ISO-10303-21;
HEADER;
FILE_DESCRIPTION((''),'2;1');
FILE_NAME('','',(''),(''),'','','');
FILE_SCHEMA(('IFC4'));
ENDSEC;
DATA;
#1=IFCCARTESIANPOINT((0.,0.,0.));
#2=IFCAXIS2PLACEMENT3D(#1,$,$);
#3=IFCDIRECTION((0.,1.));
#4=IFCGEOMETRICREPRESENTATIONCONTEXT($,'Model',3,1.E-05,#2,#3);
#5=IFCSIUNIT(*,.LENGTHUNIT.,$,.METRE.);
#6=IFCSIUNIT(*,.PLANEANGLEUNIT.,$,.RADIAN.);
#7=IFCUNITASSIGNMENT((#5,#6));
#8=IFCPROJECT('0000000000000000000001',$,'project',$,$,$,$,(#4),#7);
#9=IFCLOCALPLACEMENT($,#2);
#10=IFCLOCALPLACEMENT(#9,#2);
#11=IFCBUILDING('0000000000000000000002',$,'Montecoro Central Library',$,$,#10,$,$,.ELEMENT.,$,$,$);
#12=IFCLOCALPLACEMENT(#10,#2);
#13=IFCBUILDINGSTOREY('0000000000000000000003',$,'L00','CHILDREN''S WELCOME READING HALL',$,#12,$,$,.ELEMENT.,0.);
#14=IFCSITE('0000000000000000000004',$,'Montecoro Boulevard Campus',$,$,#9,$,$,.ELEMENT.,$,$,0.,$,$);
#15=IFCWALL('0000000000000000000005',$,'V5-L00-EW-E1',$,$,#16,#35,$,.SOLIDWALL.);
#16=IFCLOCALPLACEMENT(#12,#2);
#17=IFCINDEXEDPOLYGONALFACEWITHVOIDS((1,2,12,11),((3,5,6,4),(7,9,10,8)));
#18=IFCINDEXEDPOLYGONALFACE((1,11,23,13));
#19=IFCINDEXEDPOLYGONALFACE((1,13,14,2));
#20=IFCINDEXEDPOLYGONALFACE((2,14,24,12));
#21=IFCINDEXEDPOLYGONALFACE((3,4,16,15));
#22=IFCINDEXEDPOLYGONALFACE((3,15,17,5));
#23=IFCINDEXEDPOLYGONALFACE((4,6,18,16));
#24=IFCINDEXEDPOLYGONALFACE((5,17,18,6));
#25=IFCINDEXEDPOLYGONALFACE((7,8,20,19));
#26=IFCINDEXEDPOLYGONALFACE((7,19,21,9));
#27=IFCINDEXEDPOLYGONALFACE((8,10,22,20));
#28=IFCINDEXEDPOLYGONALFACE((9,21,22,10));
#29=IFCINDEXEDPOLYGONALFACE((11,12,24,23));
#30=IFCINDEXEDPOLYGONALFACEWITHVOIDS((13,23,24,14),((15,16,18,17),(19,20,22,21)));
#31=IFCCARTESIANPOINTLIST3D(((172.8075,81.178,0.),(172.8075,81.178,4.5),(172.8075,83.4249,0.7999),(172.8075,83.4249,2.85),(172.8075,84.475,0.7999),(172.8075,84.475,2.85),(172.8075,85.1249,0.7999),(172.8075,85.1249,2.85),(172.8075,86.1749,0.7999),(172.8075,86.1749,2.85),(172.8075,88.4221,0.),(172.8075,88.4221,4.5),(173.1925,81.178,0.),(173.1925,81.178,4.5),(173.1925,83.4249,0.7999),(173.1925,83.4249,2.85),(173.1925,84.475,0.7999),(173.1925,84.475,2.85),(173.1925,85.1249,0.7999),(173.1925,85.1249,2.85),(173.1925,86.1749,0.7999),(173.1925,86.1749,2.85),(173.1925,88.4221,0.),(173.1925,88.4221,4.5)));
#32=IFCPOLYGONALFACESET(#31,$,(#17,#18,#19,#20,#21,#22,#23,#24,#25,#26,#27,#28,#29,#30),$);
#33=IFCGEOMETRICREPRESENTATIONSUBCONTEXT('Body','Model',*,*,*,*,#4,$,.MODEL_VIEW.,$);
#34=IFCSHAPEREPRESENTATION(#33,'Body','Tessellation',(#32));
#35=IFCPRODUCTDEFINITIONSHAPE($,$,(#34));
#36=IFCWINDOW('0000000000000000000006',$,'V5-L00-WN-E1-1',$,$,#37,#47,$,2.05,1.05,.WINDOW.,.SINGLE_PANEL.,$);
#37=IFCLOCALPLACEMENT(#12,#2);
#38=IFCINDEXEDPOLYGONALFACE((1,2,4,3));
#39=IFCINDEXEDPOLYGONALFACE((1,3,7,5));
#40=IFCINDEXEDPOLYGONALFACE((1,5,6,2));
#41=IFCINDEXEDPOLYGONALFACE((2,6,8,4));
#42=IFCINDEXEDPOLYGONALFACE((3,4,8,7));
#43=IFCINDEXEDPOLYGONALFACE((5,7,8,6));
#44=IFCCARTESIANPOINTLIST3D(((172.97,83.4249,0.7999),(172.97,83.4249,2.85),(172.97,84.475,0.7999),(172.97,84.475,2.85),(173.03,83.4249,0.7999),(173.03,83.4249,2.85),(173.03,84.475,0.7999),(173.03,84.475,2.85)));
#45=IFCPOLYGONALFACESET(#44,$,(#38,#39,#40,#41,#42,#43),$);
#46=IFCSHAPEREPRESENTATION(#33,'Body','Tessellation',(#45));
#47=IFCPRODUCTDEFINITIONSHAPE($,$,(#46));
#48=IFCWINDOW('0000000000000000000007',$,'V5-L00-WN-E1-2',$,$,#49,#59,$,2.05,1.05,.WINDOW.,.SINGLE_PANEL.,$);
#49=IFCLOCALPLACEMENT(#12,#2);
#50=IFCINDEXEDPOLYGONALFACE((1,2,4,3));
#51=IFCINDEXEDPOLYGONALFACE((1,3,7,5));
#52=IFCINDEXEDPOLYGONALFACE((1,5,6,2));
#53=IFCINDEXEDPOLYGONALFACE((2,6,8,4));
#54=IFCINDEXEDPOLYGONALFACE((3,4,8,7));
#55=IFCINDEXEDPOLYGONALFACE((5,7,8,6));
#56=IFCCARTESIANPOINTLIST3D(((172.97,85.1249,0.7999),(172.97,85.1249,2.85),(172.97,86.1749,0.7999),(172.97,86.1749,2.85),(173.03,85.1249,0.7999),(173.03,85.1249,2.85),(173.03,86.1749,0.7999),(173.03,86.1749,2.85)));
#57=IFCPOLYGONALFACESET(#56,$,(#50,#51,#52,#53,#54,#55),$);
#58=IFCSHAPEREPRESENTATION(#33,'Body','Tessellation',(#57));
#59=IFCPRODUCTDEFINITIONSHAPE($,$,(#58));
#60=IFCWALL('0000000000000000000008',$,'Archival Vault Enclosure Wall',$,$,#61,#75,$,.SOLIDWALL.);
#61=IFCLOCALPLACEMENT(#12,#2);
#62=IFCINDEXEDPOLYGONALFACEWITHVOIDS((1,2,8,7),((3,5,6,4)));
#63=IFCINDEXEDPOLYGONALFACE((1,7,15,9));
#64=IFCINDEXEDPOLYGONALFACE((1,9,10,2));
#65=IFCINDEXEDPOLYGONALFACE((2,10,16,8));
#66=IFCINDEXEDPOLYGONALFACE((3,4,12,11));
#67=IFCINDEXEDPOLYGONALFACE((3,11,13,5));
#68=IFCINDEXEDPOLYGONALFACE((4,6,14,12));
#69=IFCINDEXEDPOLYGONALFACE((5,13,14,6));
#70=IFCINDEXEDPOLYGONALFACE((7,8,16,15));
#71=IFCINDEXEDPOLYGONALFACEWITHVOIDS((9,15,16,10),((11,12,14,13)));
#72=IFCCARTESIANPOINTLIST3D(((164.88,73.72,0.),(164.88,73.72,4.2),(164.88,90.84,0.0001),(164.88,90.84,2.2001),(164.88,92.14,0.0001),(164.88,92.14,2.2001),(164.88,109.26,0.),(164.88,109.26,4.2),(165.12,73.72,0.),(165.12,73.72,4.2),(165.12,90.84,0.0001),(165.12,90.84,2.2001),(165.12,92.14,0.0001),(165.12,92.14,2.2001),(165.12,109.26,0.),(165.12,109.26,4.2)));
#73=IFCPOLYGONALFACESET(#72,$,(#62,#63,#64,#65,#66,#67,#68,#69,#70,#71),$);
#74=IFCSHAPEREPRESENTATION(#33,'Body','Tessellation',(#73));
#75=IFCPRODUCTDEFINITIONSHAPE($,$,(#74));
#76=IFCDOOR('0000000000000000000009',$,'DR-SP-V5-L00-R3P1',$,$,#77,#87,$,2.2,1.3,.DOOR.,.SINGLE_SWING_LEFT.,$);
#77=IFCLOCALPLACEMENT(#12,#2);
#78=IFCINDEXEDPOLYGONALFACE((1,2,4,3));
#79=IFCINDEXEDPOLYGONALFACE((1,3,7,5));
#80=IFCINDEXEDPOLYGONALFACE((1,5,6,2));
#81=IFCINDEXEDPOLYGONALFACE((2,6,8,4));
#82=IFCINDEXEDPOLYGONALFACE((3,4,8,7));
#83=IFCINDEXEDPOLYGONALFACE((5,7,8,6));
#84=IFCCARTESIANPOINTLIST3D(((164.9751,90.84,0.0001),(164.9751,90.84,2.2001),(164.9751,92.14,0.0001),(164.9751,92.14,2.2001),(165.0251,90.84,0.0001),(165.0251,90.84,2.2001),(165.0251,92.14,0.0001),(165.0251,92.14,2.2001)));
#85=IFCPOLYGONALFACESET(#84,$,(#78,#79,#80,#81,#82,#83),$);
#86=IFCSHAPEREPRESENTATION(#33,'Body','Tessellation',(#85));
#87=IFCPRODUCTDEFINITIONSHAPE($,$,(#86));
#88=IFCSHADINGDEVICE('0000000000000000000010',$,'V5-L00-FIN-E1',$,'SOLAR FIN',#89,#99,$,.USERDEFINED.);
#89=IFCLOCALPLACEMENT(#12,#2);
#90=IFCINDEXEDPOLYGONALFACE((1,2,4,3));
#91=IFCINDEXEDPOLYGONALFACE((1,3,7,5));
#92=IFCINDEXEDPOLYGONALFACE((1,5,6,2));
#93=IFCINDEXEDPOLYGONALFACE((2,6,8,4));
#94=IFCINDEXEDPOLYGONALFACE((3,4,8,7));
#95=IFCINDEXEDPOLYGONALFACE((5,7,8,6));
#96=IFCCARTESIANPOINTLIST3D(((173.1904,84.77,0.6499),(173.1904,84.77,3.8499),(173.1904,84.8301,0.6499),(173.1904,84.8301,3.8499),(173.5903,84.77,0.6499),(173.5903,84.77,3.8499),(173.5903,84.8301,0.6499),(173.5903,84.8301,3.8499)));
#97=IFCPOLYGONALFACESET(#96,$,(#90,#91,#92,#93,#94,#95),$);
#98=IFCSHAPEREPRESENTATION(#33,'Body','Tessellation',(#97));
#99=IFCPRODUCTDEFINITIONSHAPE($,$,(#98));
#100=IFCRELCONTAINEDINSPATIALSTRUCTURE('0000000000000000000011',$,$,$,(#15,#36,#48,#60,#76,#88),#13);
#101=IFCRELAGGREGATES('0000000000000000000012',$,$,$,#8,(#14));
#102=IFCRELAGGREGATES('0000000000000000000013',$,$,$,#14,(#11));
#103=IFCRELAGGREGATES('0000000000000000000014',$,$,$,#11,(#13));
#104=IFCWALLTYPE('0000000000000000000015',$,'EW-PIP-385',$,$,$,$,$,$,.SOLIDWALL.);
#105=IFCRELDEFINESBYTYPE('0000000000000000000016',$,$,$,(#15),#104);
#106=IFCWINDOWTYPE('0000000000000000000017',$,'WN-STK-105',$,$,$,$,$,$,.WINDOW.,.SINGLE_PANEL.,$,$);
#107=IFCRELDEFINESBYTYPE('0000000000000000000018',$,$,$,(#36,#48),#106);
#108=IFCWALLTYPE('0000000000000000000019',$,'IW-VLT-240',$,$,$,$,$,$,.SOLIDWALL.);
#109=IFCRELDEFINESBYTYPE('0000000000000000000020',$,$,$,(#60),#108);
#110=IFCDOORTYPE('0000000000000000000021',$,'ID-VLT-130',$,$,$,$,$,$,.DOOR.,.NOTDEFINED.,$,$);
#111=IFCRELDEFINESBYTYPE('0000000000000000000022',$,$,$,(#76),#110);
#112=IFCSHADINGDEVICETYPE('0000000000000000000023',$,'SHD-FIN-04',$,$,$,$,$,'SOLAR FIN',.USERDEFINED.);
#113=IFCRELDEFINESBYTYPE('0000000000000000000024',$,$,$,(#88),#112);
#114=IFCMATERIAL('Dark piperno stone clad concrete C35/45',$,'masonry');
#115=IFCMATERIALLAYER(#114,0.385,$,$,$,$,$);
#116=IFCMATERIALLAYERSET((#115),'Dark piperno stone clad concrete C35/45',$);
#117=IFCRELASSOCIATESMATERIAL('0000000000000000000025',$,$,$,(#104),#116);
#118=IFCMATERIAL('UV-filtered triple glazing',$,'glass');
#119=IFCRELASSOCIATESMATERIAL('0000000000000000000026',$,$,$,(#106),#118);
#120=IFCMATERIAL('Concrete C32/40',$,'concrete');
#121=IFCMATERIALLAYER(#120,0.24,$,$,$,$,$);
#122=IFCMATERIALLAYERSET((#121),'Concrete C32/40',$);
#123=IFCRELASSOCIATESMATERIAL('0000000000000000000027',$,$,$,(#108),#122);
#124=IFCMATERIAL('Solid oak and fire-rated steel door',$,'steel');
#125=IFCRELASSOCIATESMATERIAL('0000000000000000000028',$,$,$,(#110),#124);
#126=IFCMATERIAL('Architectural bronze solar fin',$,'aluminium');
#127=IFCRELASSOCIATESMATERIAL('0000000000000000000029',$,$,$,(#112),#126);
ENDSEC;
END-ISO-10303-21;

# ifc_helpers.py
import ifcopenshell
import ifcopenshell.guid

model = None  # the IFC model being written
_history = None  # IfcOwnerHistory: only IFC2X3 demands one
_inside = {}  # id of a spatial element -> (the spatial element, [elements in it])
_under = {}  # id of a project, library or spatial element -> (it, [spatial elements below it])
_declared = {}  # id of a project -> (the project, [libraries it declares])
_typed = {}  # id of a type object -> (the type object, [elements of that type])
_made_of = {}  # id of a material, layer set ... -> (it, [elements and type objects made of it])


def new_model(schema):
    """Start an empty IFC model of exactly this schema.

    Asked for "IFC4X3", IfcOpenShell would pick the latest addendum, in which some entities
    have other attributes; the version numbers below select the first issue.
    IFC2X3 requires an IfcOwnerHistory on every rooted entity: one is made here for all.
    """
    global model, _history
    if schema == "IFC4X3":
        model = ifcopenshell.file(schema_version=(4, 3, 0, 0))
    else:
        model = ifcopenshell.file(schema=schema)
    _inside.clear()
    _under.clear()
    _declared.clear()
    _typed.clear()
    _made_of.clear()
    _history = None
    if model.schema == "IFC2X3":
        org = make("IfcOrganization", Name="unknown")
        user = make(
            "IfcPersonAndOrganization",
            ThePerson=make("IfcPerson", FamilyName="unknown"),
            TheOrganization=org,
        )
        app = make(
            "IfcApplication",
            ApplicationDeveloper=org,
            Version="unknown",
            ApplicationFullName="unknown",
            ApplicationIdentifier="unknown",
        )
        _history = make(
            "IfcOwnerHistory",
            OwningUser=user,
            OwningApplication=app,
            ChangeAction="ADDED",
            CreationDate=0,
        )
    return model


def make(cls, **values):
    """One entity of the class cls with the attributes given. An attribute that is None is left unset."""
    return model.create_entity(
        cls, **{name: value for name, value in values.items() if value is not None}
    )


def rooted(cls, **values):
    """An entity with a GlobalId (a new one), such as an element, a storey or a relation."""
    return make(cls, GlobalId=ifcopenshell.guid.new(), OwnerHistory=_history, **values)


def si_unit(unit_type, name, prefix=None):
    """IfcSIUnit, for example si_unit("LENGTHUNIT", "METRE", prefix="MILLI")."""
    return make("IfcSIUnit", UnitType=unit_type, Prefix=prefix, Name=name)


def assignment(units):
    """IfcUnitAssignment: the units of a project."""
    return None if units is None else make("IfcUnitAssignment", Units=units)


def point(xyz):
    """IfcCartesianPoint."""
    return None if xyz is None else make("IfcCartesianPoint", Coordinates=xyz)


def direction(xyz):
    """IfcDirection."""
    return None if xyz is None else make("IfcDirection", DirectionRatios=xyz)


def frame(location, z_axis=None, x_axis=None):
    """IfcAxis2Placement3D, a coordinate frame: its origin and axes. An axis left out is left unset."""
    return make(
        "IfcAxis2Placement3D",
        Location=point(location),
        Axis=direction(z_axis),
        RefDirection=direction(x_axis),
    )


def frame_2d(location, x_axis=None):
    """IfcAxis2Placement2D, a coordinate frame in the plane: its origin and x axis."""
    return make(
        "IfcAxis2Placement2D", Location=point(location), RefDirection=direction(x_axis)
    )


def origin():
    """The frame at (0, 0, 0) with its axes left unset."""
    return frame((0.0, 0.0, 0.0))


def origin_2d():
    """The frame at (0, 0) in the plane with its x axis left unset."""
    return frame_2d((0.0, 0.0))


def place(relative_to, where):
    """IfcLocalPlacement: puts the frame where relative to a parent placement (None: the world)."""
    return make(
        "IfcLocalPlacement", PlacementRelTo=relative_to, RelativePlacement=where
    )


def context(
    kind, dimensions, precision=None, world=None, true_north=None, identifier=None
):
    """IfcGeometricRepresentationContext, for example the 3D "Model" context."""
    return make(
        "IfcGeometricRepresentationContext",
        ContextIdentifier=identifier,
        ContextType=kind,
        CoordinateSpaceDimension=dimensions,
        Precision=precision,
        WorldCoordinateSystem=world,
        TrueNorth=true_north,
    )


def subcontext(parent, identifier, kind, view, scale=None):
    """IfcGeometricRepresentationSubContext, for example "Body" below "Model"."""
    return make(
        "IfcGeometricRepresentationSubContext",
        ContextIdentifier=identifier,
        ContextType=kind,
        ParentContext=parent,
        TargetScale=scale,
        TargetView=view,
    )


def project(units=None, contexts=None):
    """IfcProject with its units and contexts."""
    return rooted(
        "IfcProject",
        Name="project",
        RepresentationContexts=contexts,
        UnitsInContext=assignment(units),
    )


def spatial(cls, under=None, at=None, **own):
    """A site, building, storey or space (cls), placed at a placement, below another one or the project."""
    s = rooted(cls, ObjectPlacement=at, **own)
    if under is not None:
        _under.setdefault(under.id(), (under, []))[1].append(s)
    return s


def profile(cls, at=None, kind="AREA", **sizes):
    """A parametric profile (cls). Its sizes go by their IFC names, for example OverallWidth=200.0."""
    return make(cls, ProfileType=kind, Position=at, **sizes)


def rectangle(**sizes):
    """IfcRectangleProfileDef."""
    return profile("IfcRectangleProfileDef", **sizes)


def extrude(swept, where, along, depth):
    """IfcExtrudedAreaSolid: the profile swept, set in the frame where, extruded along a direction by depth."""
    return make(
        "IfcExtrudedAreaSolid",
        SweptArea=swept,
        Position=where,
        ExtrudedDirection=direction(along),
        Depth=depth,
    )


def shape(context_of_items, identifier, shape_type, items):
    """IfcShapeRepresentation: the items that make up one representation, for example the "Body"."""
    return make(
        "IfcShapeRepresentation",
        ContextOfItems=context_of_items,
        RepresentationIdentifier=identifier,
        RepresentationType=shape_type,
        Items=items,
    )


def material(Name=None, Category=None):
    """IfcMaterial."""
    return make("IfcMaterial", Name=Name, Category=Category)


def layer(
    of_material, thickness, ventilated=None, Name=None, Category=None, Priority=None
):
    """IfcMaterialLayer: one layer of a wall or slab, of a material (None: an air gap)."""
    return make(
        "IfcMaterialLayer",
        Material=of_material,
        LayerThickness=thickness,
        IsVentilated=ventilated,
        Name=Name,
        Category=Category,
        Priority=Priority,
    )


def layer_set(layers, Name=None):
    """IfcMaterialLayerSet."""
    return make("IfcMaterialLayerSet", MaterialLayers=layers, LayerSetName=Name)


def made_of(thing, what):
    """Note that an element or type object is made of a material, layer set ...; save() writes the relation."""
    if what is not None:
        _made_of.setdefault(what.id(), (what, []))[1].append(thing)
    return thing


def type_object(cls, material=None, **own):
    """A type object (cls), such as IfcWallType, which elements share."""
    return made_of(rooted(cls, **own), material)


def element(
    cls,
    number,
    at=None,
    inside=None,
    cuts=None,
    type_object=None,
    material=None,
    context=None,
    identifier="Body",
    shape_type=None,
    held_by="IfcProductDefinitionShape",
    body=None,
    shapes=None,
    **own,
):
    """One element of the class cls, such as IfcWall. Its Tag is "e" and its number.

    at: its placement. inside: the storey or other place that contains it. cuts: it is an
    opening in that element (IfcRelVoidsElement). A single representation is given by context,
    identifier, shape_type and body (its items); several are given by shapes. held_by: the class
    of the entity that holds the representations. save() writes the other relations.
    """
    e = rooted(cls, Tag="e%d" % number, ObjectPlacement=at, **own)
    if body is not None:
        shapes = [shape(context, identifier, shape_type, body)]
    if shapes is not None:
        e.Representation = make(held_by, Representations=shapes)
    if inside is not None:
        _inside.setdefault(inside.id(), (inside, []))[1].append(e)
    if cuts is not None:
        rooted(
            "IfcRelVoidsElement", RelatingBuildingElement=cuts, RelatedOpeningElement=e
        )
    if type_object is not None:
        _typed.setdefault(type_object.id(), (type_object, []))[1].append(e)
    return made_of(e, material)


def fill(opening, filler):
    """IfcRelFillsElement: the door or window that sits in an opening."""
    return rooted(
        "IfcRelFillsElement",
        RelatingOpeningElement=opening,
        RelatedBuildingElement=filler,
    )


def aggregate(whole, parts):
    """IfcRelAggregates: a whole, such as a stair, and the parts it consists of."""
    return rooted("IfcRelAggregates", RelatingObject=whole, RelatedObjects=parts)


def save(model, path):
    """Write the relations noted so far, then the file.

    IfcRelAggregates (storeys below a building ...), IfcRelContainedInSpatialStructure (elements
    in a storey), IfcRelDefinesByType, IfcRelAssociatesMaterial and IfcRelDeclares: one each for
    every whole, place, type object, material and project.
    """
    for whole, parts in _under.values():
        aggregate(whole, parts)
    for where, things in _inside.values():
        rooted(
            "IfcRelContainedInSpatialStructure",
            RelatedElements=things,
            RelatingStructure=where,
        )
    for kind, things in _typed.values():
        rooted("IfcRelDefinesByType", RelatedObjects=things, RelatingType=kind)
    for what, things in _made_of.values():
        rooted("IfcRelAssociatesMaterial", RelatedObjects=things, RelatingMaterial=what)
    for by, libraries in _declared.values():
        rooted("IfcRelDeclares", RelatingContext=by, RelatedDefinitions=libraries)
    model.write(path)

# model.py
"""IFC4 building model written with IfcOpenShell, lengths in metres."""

from ifc_helpers import new_model, si_unit, direction, frame, frame_2d, origin, origin_2d, place, context, subcontext, project, spatial, rectangle, extrude, material, layer, layer_set, type_object, element, fill, save


model = new_model("IFC4")

# Units and contexts
model_context = context("Model", 3, precision=1e-05, world=origin(), true_north=direction((0.0, 1.0)))
body_context = subcontext(model_context, "Body", "Model", "MODEL_VIEW")
ifc_project = project(units=[si_unit("LENGTHUNIT", "METRE"), si_unit("PLANEANGLEUNIT", "RADIAN")], contexts=[model_context])

# Site, building, storey
site_placement = place(None, origin())
site = spatial("IfcSite", under=ifc_project, at=site_placement, Name="Montecoro Boulevard Campus", CompositionType="ELEMENT", RefElevation=0.0)
building_placement = place(site_placement, origin())
building = spatial("IfcBuilding", under=site, at=building_placement, Name="Montecoro Central Library", CompositionType="ELEMENT")
storey_placement = place(building_placement, origin())
storey = spatial("IfcBuildingStorey", under=building, at=storey_placement, Name="L00", Description="CHILDREN'S WELCOME READING HALL", CompositionType="ELEMENT", Elevation=0.0)

# Wall, openings, windows
ifc_material_1 = material(Name="Dark piperno stone clad concrete C35/45", Category="masonry")
ifc_layer_1 = layer(ifc_material_1, 0.385)
ifc_layer_set_1 = layer_set([ifc_layer_1], Name="Dark piperno stone clad concrete C35/45")
wall_type_1 = type_object("IfcWallType", Name="EW-PIP-385", PredefinedType="SOLIDWALL", material=ifc_layer_set_1)
wall_1_placement = place(storey_placement, frame((173.0, 81.178, 0.0), z_axis=(0.0, 0.0, 1.0), x_axis=(0.0, 1.0, 0.0)))
wall_1 = element("IfcWall", 1, at=wall_1_placement, inside=storey, type_object=wall_type_1, Name="V5-L00-EW-E1", PredefinedType="SOLIDWALL", context=body_context, shape_type="SweptSolid", body=[
    extrude(rectangle(XDim=7.2441, YDim=0.385, at=frame_2d((3.6221, 0.0))), origin(), (0.0, 0.0, 1.0), 4.5),
])
opening_1_placement = place(wall_1_placement, frame((2.2471, 0.0, 0.8)))
opening_1 = element("IfcOpeningElement", 2, at=opening_1_placement, cuts=wall_1, PredefinedType="OPENING", context=body_context, shape_type="SweptSolid", body=[
    extrude(rectangle(XDim=1.05, YDim=2.05, at=frame_2d((0.5249, 1.0249))), frame((0.0, 0.2024, 0.0), z_axis=(0.0, -1.0, 0.0), x_axis=(1.0, 0.0, 0.0)), (0.0, 0.0, 1.0), 0.405),
])
opening_2_placement = place(wall_1_placement, frame((3.947, 0.0, 0.8)))
opening_2 = element("IfcOpeningElement", 3, at=opening_2_placement, cuts=wall_1, PredefinedType="OPENING", context=body_context, shape_type="SweptSolid", body=[
    extrude(rectangle(XDim=1.05, YDim=2.05, at=frame_2d((0.5249, 1.0249))), frame((0.0, 0.2024, 0.0), z_axis=(0.0, -1.0, 0.0), x_axis=(1.0, 0.0, 0.0)), (0.0, 0.0, 1.0), 0.405),
])
ifc_material_2 = material(Name="UV-filtered triple glazing", Category="glass")
window_type = type_object("IfcWindowType", Name="WN-STK-105", PartitioningType="SINGLE_PANEL", PredefinedType="WINDOW", material=ifc_material_2)
window_1_placement = place(opening_1_placement, origin())
window_1 = element("IfcWindow", 4, at=window_1_placement, inside=storey, type_object=window_type, Name="V5-L00-WN-E1-1", OverallHeight=2.05, OverallWidth=1.05, PartitioningType="SINGLE_PANEL", PredefinedType="WINDOW", context=body_context, shape_type="SweptSolid", body=[
    extrude(rectangle(XDim=1.05, YDim=2.05, at=frame_2d((0.5249, 1.0249))), frame((0.0, 0.03, 0.0), z_axis=(0.0, -1.0, 0.0), x_axis=(1.0, 0.0, 0.0)), (0.0, 0.0, 1.0), 0.0601),
])
fill(opening_1, window_1)
window_2_placement = place(opening_2_placement, origin())
window_2 = element("IfcWindow", 5, at=window_2_placement, inside=storey, type_object=window_type, Name="V5-L00-WN-E1-2", OverallHeight=2.05, OverallWidth=1.05, PartitioningType="SINGLE_PANEL", PredefinedType="WINDOW", context=body_context, shape_type="SweptSolid", body=[
    extrude(rectangle(XDim=1.05, YDim=2.05, at=frame_2d((0.5249, 1.0249))), frame((0.0, 0.03, 0.0), z_axis=(0.0, -1.0, 0.0), x_axis=(1.0, 0.0, 0.0)), (0.0, 0.0, 1.0), 0.0601),
])
fill(opening_2, window_2)

# Wall, opening, door
ifc_material_3 = material(Name="Concrete C32/40", Category="concrete")
ifc_layer_2 = layer(ifc_material_3, 0.24)
ifc_layer_set_2 = layer_set([ifc_layer_2], Name="Concrete C32/40")
wall_type_2 = type_object("IfcWallType", Name="IW-VLT-240", PredefinedType="SOLIDWALL", material=ifc_layer_set_2)
wall_2_placement = place(storey_placement, frame((165.0, 73.72, 0.0), z_axis=(0.0, 0.0, 1.0), x_axis=(0.0, 1.0, 0.0)))
wall_2 = element("IfcWall", 6, at=wall_2_placement, inside=storey, type_object=wall_type_2, Name="Archival Vault Enclosure Wall", PredefinedType="SOLIDWALL", context=body_context, shape_type="SweptSolid", body=[
    extrude(rectangle(XDim=35.54, YDim=0.24, at=frame_2d((17.77, 0.0))), origin(), (0.0, 0.0, 1.0), 4.2),
])
opening_3_placement = place(wall_2_placement, frame((17.1201, 0.0, 0.0)))
opening_3 = element("IfcOpeningElement", 7, at=opening_3_placement, cuts=wall_2, PredefinedType="OPENING", context=body_context, shape_type="SweptSolid", body=[
    extrude(rectangle(XDim=1.3, YDim=2.2, at=frame_2d((0.6499, 1.1001))), frame((0.0, 0.1299, 0.0), z_axis=(0.0, -1.0, 0.0), x_axis=(1.0, 0.0, 0.0)), (0.0, 0.0, 1.0), 0.26),
])
ifc_material_4 = material(Name="Solid oak and fire-rated steel door", Category="steel")
door_type = type_object("IfcDoorType", Name="ID-VLT-130", OperationType="NOTDEFINED", PredefinedType="DOOR", material=ifc_material_4)
door_placement = place(opening_3_placement, origin())
door = element("IfcDoor", 8, at=door_placement, inside=storey, type_object=door_type, Name="DR-SP-V5-L00-R3P1", OperationType="SINGLE_SWING_LEFT", OverallHeight=2.2, OverallWidth=1.3, PredefinedType="DOOR", context=body_context, shape_type="SweptSolid", body=[
    extrude(rectangle(XDim=1.3, YDim=2.2, at=frame_2d((0.6499, 1.1001))), frame((0.0, 0.0249, 0.0), z_axis=(0.0, -1.0, 0.0), x_axis=(1.0, 0.0, 0.0)), (0.0, 0.0, 1.0), 0.05),
])
fill(opening_3, door)

# Shading device
ifc_material_5 = material(Name="Architectural bronze solar fin", Category="aluminium")
shading_device_type = type_object("IfcShadingDeviceType", Name="SHD-FIN-04", ElementType="SOLAR FIN", PredefinedType="USERDEFINED", material=ifc_material_5)
shading_device_placement = place(storey_placement, frame((173.3904, 84.8, 0.6499), z_axis=(0.0, 0.0, 1.0), x_axis=(0.0, 1.0, 0.0)))
element("IfcShadingDevice", 9, at=shading_device_placement, inside=storey, type_object=shading_device_type, Name="V5-L00-FIN-E1", ObjectType="SOLAR FIN", PredefinedType="USERDEFINED", context=body_context, shape_type="SweptSolid", body=[
    extrude(rectangle(XDim=0.0601, YDim=0.3999, at=origin_2d()), origin(), (0.0, 0.0, 1.0), 3.2),
])

save(model, "model.ifc")
